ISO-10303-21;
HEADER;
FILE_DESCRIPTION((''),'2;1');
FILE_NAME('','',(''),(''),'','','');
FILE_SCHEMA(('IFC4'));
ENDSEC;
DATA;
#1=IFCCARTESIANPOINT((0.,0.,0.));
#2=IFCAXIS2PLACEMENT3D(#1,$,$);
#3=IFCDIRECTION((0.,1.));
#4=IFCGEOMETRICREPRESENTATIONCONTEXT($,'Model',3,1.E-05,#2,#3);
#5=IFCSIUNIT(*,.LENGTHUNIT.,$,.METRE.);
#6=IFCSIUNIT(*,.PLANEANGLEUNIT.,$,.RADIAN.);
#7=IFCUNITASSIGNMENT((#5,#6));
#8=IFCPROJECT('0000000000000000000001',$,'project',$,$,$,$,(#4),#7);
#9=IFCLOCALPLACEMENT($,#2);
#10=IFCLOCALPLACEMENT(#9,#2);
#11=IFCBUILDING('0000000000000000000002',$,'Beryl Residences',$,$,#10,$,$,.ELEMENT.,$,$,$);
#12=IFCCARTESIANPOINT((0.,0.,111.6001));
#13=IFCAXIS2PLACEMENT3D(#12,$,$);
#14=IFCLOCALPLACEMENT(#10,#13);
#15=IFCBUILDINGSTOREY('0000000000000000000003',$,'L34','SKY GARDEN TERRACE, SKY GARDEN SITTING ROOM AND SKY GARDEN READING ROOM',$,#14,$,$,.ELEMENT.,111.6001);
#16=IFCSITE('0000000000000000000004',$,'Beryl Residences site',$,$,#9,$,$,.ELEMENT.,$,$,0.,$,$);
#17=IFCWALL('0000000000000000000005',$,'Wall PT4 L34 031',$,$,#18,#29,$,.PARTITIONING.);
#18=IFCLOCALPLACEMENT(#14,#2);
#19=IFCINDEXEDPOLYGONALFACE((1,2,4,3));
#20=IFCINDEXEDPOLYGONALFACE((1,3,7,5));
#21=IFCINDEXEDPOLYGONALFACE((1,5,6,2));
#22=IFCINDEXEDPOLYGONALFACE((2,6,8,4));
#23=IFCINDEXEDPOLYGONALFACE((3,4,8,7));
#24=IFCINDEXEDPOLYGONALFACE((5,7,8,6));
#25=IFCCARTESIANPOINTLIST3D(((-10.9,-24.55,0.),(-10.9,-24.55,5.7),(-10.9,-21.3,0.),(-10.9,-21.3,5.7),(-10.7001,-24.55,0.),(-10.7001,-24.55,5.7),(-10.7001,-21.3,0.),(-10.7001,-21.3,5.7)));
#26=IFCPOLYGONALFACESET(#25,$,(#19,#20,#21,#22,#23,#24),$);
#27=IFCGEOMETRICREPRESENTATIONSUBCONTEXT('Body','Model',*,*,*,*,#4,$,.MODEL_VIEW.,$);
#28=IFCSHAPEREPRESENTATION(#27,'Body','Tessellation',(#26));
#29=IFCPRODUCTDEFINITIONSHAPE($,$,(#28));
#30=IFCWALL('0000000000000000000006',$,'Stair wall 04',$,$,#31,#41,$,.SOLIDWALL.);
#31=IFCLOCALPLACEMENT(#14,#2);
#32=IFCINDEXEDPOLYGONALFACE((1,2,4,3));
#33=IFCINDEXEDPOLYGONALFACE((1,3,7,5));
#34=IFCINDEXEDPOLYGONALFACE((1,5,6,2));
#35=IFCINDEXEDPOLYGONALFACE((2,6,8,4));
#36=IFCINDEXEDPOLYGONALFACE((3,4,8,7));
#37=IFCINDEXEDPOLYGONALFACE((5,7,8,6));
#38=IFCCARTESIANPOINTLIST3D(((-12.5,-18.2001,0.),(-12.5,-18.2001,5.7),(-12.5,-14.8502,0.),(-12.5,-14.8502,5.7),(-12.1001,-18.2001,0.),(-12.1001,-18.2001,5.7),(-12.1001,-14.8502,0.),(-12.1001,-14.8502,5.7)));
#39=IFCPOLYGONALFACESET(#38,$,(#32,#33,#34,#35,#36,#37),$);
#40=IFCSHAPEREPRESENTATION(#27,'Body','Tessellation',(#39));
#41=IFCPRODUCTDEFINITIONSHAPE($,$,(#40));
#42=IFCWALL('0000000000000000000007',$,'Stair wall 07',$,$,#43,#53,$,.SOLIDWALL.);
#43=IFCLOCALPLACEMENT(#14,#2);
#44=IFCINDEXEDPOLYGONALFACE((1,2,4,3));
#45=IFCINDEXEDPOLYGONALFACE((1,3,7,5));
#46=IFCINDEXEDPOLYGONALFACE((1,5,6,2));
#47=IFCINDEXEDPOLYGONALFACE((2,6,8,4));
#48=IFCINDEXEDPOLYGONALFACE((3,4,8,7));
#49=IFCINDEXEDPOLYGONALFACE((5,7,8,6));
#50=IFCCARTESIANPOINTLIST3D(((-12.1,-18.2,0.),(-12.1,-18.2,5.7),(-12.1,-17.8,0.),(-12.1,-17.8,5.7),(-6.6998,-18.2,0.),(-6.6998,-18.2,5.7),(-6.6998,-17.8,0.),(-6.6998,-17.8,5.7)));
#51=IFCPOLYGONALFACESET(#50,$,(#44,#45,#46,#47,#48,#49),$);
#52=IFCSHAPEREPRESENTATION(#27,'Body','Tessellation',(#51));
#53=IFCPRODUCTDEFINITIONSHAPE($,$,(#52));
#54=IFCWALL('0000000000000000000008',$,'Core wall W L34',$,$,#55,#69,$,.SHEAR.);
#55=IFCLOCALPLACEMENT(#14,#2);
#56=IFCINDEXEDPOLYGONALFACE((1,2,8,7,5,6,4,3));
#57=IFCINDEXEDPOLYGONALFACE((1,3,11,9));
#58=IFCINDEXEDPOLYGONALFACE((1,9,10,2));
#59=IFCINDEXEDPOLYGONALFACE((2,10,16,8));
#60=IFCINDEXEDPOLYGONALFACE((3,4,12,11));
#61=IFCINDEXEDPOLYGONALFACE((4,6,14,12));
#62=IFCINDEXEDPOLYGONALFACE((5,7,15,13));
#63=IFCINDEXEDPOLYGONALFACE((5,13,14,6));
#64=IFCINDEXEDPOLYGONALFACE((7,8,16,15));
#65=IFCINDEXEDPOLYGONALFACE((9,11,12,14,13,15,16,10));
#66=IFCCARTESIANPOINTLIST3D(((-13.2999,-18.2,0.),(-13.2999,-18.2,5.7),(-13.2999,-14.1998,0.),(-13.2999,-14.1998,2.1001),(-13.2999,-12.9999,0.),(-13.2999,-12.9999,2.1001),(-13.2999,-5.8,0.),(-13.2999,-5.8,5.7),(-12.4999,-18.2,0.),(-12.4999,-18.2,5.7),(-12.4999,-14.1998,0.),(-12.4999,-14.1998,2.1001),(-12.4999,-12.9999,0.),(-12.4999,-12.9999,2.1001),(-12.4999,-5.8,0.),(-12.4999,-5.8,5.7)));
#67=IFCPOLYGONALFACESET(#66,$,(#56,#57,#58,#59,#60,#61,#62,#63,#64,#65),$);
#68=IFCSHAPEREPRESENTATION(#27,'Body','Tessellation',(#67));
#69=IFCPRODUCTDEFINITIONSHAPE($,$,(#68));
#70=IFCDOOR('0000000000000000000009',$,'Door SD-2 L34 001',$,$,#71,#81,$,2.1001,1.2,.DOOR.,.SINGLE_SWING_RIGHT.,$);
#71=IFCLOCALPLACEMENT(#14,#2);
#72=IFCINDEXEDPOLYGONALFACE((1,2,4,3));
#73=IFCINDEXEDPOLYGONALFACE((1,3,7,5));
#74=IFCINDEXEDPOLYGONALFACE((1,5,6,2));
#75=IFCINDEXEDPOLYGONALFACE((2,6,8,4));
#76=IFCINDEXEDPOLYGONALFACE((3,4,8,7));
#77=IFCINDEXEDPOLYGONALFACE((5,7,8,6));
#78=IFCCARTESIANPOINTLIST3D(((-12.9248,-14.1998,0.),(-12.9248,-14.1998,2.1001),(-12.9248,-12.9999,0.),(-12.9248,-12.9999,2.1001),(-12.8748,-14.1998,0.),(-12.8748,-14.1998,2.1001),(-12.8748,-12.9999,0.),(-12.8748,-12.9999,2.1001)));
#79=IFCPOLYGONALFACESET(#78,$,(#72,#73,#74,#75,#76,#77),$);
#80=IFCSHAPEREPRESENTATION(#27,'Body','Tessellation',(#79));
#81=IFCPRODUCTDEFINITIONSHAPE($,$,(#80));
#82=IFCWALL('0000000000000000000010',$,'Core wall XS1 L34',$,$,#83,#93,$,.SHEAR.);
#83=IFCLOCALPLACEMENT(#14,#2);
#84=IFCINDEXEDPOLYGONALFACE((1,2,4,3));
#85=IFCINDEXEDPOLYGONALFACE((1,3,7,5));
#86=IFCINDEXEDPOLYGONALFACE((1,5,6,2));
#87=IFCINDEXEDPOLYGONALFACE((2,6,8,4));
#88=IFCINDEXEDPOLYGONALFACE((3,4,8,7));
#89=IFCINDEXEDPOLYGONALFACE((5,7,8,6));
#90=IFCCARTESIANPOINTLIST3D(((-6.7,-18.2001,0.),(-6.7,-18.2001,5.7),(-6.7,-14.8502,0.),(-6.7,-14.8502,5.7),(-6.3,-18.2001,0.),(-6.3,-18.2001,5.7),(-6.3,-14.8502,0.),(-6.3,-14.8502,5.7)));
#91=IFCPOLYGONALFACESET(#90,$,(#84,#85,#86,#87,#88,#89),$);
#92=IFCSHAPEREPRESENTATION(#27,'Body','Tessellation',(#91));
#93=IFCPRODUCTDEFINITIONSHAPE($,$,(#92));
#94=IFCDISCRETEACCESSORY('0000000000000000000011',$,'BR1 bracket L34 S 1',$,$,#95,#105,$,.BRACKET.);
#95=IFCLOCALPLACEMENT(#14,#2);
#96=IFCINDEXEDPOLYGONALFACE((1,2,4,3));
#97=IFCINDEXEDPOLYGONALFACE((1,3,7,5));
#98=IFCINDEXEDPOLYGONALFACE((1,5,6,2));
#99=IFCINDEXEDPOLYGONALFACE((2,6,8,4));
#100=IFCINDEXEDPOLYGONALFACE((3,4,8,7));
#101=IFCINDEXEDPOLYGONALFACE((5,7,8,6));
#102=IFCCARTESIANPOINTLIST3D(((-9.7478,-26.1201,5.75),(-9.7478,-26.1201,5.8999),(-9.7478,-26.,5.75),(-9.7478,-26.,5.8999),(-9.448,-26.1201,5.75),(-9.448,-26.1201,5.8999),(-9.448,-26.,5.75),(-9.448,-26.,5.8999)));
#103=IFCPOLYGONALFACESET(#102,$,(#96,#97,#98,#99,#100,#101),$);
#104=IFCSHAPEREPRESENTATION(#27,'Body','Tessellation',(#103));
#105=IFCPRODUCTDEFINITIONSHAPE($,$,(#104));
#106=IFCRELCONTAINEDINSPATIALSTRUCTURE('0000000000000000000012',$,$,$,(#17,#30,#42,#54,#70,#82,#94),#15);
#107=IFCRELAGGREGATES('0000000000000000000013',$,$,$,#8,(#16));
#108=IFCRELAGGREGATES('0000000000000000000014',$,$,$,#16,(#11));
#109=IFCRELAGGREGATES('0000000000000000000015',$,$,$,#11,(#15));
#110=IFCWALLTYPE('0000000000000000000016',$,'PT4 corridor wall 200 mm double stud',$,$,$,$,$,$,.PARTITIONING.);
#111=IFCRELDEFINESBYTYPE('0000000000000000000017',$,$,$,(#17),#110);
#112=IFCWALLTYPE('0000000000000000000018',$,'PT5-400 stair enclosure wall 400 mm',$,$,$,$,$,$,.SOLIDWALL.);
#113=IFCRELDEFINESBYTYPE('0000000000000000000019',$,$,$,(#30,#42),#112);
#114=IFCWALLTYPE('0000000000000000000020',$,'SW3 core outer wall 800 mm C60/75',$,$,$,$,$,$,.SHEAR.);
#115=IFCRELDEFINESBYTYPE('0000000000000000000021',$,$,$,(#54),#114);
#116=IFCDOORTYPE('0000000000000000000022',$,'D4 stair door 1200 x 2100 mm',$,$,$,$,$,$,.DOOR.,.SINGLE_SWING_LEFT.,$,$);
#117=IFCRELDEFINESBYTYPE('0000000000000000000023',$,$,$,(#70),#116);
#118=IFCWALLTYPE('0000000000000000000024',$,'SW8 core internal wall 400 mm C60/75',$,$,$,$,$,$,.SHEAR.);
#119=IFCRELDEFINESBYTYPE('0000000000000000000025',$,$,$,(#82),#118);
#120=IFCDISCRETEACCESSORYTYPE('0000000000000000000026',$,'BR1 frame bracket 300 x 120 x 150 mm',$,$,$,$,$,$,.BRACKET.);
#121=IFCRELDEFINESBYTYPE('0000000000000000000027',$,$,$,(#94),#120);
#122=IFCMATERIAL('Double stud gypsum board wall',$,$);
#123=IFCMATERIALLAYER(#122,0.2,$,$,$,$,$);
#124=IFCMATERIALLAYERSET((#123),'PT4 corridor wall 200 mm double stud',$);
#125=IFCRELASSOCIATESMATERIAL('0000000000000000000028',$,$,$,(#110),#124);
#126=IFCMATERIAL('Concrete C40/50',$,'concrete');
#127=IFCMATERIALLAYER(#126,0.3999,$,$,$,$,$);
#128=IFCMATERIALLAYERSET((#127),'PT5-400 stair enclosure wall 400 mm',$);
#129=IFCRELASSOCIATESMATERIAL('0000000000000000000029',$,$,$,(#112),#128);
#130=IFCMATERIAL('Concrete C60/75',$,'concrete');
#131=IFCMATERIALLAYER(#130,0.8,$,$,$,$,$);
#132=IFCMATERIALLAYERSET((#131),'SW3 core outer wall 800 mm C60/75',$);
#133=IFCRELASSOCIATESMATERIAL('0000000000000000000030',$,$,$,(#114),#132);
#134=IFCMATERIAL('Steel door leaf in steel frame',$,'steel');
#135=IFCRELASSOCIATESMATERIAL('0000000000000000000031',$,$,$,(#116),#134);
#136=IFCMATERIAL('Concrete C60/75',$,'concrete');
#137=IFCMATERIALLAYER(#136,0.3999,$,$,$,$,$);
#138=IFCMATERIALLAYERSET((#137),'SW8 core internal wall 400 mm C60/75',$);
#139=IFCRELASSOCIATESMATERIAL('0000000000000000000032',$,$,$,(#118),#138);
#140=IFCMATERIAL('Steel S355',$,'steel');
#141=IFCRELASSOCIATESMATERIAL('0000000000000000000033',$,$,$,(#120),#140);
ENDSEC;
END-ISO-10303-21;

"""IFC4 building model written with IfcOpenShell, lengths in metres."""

from ifc_helpers import new_model, si_unit, direction, frame, frame_2d, origin, place, context, subcontext, project, spatial, polyline, rectangle, outline, extrude, source, transform, mapped, material, layer, layer_set, type_object, type_shapes, element, fill, save


model = new_model("IFC4")

# Units and contexts
model_context = context("Model", 3, precision=1e-05, world=origin(), true_north=direction((0.0, 1.0)))
body_context = subcontext(model_context, "Body", "Model", "MODEL_VIEW")
ifc_project = project(units=[si_unit("LENGTHUNIT", "METRE"), si_unit("PLANEANGLEUNIT", "RADIAN")], contexts=[model_context])

# Site, building, storey
site_placement = place(None, origin())
site = spatial("IfcSite", under=ifc_project, at=site_placement, Name="Beryl Residences site", CompositionType="ELEMENT", RefElevation=0.0)
building_placement = place(site_placement, origin())
building = spatial("IfcBuilding", under=site, at=building_placement, Name="Beryl Residences", CompositionType="ELEMENT")
storey_placement = place(building_placement, frame((0.0, 0.0, 111.6001)))
storey = spatial("IfcBuildingStorey", under=building, at=storey_placement, Name="L34", Description="SKY GARDEN TERRACE, SKY GARDEN SITTING ROOM AND SKY GARDEN READING ROOM", CompositionType="ELEMENT", Elevation=111.6001)

# Walls
ifc_material_1 = material(Name="Double stud gypsum board wall")
ifc_layer_1 = layer(ifc_material_1, 0.2)
ifc_layer_set_1 = layer_set([ifc_layer_1], Name="PT4 corridor wall 200 mm double stud")
wall_type_1 = type_object("IfcWallType", Name="PT4 corridor wall 200 mm double stud", PredefinedType="PARTITIONING", material=ifc_layer_set_1)
wall_1_placement = place(storey_placement, frame((-10.8, -24.55, 0.0), z_axis=(0.0, 0.0, 1.0), x_axis=(0.0, 1.0, 0.0)))
element("IfcWall", 1, at=wall_1_placement, inside=storey, type_object=wall_type_1, Name="Wall PT4 L34 031", PredefinedType="PARTITIONING", context=body_context, shape_type="SweptSolid", body=[
    extrude(rectangle(XDim=3.25, YDim=0.2, at=frame_2d((1.625, 0.0))), origin(), (0.0, 0.0, 1.0), 5.7),
])
ifc_material_2 = material(Name="Concrete C40/50", Category="concrete")
ifc_layer_2 = layer(ifc_material_2, 0.3999)
ifc_layer_set_2 = layer_set([ifc_layer_2], Name="PT5-400 stair enclosure wall 400 mm")
wall_type_2 = type_object("IfcWallType", Name="PT5-400 stair enclosure wall 400 mm", PredefinedType="SOLIDWALL", material=ifc_layer_set_2)
wall_2_placement = place(storey_placement, frame((-12.3, -18.2, 0.0), z_axis=(0.0, 0.0, 1.0), x_axis=(0.0, 1.0, 0.0)))
element("IfcWall", 2, at=wall_2_placement, inside=storey, type_object=wall_type_2, Name="Stair wall 04", PredefinedType="SOLIDWALL", context=body_context, shape_type="SweptSolid", body=[
    extrude(rectangle(XDim=3.3499, YDim=0.3999, at=frame_2d((1.6748, 0.0))), origin(), (0.0, 0.0, 1.0), 5.7),
])
wall_3_placement = place(storey_placement, frame((-12.1001, -18.0, 0.0), z_axis=(0.0, 0.0, 1.0), x_axis=(1.0, 0.0, 0.0)))
element("IfcWall", 3, at=wall_3_placement, inside=storey, type_object=wall_type_2, Name="Stair wall 07", PredefinedType="SOLIDWALL", context=body_context, shape_type="SweptSolid", body=[
    extrude(rectangle(XDim=5.4001, YDim=0.3999, at=frame_2d((2.7002, 0.0))), origin(), (0.0, 0.0, 1.0), 5.7),
])

# Wall, opening, door
ifc_material_3 = material(Name="Concrete C60/75", Category="concrete")
ifc_layer_3 = layer(ifc_material_3, 0.8)
ifc_layer_set_3 = layer_set([ifc_layer_3], Name="SW3 core outer wall 800 mm C60/75")
wall_type_3 = type_object("IfcWallType", Name="SW3 core outer wall 800 mm C60/75", PredefinedType="SHEAR", material=ifc_layer_set_3)
wall_4_placement = place(storey_placement, frame((-12.8999, -18.2, 0.0), z_axis=(0.0, 0.0, 1.0), x_axis=(0.0, 1.0, 0.0)))
wall_4 = element("IfcWall", 4, at=wall_4_placement, inside=storey, type_object=wall_type_3, Name="Core wall W L34", PredefinedType="SHEAR", context=body_context, shape_type="SweptSolid", body=[
    extrude(rectangle(XDim=12.3999, YDim=0.8, at=frame_2d((6.2, 0.0))), origin(), (0.0, 0.0, 1.0), 5.7),
])
opening_placement = place(wall_4_placement, frame((4.0, 0.0, 0.0)))
opening = element("IfcOpeningElement", 5, at=opening_placement, cuts=wall_4, PredefinedType="OPENING", context=body_context, shape_type="SweptSolid", body=[
    extrude(rectangle(XDim=1.2, YDim=2.1001, at=frame_2d((0.6001, 1.05))), frame((0.0, 0.4099, 0.0), z_axis=(0.0, -1.0, 0.0), x_axis=(1.0, 0.0, 0.0)), (0.0, 0.0, 1.0), 0.8201),
])
ifc_material_4 = material(Name="Steel door leaf in steel frame", Category="steel")
door_type = type_object("IfcDoorType", Name="D4 stair door 1200 x 2100 mm", OperationType="SINGLE_SWING_LEFT", PredefinedType="DOOR", material=ifc_material_4)
door_placement = place(opening_placement, origin())
door = element("IfcDoor", 6, at=door_placement, inside=storey, type_object=door_type, Name="Door SD-2 L34 001", OperationType="SINGLE_SWING_RIGHT", OverallHeight=2.1001, OverallWidth=1.2, PredefinedType="DOOR", context=body_context, shape_type="SweptSolid", body=[
    extrude(rectangle(XDim=1.2, YDim=2.1001, at=frame_2d((0.6001, 1.05))), frame((0.0, 0.0249, 0.0), z_axis=(0.0, -1.0, 0.0), x_axis=(1.0, 0.0, 0.0)), (0.0, 0.0, 1.0), 0.05),
])
fill(opening, door)

# Wall
ifc_material_5 = material(Name="Concrete C60/75", Category="concrete")
ifc_layer_4 = layer(ifc_material_5, 0.3999)
ifc_layer_set_4 = layer_set([ifc_layer_4], Name="SW8 core internal wall 400 mm C60/75")
wall_type_4 = type_object("IfcWallType", Name="SW8 core internal wall 400 mm C60/75", PredefinedType="SHEAR", material=ifc_layer_set_4)
wall_5_placement = place(storey_placement, frame((-6.5, -18.2, 0.0), z_axis=(0.0, 0.0, 1.0), x_axis=(0.0, 1.0, 0.0)))
element("IfcWall", 7, at=wall_5_placement, inside=storey, type_object=wall_type_4, Name="Core wall XS1 L34", PredefinedType="SHEAR", context=body_context, shape_type="SweptSolid", body=[
    extrude(rectangle(XDim=3.3499, YDim=0.3999, at=frame_2d((1.6748, 0.0))), origin(), (0.0, 0.0, 1.0), 5.7),
])

# Discrete accessory
ifc_material_6 = material(Name="Steel S355", Category="steel")
discrete_accessory_type = type_object("IfcDiscreteAccessoryType", Name="BR1 frame bracket 300 x 120 x 150 mm", PredefinedType="BRACKET", material=ifc_material_6)
shared_shape_1 = source(origin(), body_context, "Body", "SweptSolid", [
    extrude(outline(polyline([(-0.1499, 0.0), (0.1499, 0.0), (0.1499, 0.1201), (-0.1499, 0.1201), (-0.1499, 0.0)])), origin(), (0.0, 0.0, 1.0), 0.1499),
])
type_shapes(discrete_accessory_type, [shared_shape_1])
discrete_accessory_placement = place(storey_placement, frame((-9.5979, -26.0, 5.75), z_axis=(0.0, 0.0, 1.0), x_axis=(-1.0, 0.0, 0.0)))
element("IfcDiscreteAccessory", 8, at=discrete_accessory_placement, inside=storey, type_object=discrete_accessory_type, Name="BR1 bracket L34 S 1", PredefinedType="BRACKET", context=body_context, shape_type="MappedRepresentation", body=[
    mapped(shared_shape_1, transform((0.0, 0.0, 0.0))),
])

save(model, "model.ifc")
